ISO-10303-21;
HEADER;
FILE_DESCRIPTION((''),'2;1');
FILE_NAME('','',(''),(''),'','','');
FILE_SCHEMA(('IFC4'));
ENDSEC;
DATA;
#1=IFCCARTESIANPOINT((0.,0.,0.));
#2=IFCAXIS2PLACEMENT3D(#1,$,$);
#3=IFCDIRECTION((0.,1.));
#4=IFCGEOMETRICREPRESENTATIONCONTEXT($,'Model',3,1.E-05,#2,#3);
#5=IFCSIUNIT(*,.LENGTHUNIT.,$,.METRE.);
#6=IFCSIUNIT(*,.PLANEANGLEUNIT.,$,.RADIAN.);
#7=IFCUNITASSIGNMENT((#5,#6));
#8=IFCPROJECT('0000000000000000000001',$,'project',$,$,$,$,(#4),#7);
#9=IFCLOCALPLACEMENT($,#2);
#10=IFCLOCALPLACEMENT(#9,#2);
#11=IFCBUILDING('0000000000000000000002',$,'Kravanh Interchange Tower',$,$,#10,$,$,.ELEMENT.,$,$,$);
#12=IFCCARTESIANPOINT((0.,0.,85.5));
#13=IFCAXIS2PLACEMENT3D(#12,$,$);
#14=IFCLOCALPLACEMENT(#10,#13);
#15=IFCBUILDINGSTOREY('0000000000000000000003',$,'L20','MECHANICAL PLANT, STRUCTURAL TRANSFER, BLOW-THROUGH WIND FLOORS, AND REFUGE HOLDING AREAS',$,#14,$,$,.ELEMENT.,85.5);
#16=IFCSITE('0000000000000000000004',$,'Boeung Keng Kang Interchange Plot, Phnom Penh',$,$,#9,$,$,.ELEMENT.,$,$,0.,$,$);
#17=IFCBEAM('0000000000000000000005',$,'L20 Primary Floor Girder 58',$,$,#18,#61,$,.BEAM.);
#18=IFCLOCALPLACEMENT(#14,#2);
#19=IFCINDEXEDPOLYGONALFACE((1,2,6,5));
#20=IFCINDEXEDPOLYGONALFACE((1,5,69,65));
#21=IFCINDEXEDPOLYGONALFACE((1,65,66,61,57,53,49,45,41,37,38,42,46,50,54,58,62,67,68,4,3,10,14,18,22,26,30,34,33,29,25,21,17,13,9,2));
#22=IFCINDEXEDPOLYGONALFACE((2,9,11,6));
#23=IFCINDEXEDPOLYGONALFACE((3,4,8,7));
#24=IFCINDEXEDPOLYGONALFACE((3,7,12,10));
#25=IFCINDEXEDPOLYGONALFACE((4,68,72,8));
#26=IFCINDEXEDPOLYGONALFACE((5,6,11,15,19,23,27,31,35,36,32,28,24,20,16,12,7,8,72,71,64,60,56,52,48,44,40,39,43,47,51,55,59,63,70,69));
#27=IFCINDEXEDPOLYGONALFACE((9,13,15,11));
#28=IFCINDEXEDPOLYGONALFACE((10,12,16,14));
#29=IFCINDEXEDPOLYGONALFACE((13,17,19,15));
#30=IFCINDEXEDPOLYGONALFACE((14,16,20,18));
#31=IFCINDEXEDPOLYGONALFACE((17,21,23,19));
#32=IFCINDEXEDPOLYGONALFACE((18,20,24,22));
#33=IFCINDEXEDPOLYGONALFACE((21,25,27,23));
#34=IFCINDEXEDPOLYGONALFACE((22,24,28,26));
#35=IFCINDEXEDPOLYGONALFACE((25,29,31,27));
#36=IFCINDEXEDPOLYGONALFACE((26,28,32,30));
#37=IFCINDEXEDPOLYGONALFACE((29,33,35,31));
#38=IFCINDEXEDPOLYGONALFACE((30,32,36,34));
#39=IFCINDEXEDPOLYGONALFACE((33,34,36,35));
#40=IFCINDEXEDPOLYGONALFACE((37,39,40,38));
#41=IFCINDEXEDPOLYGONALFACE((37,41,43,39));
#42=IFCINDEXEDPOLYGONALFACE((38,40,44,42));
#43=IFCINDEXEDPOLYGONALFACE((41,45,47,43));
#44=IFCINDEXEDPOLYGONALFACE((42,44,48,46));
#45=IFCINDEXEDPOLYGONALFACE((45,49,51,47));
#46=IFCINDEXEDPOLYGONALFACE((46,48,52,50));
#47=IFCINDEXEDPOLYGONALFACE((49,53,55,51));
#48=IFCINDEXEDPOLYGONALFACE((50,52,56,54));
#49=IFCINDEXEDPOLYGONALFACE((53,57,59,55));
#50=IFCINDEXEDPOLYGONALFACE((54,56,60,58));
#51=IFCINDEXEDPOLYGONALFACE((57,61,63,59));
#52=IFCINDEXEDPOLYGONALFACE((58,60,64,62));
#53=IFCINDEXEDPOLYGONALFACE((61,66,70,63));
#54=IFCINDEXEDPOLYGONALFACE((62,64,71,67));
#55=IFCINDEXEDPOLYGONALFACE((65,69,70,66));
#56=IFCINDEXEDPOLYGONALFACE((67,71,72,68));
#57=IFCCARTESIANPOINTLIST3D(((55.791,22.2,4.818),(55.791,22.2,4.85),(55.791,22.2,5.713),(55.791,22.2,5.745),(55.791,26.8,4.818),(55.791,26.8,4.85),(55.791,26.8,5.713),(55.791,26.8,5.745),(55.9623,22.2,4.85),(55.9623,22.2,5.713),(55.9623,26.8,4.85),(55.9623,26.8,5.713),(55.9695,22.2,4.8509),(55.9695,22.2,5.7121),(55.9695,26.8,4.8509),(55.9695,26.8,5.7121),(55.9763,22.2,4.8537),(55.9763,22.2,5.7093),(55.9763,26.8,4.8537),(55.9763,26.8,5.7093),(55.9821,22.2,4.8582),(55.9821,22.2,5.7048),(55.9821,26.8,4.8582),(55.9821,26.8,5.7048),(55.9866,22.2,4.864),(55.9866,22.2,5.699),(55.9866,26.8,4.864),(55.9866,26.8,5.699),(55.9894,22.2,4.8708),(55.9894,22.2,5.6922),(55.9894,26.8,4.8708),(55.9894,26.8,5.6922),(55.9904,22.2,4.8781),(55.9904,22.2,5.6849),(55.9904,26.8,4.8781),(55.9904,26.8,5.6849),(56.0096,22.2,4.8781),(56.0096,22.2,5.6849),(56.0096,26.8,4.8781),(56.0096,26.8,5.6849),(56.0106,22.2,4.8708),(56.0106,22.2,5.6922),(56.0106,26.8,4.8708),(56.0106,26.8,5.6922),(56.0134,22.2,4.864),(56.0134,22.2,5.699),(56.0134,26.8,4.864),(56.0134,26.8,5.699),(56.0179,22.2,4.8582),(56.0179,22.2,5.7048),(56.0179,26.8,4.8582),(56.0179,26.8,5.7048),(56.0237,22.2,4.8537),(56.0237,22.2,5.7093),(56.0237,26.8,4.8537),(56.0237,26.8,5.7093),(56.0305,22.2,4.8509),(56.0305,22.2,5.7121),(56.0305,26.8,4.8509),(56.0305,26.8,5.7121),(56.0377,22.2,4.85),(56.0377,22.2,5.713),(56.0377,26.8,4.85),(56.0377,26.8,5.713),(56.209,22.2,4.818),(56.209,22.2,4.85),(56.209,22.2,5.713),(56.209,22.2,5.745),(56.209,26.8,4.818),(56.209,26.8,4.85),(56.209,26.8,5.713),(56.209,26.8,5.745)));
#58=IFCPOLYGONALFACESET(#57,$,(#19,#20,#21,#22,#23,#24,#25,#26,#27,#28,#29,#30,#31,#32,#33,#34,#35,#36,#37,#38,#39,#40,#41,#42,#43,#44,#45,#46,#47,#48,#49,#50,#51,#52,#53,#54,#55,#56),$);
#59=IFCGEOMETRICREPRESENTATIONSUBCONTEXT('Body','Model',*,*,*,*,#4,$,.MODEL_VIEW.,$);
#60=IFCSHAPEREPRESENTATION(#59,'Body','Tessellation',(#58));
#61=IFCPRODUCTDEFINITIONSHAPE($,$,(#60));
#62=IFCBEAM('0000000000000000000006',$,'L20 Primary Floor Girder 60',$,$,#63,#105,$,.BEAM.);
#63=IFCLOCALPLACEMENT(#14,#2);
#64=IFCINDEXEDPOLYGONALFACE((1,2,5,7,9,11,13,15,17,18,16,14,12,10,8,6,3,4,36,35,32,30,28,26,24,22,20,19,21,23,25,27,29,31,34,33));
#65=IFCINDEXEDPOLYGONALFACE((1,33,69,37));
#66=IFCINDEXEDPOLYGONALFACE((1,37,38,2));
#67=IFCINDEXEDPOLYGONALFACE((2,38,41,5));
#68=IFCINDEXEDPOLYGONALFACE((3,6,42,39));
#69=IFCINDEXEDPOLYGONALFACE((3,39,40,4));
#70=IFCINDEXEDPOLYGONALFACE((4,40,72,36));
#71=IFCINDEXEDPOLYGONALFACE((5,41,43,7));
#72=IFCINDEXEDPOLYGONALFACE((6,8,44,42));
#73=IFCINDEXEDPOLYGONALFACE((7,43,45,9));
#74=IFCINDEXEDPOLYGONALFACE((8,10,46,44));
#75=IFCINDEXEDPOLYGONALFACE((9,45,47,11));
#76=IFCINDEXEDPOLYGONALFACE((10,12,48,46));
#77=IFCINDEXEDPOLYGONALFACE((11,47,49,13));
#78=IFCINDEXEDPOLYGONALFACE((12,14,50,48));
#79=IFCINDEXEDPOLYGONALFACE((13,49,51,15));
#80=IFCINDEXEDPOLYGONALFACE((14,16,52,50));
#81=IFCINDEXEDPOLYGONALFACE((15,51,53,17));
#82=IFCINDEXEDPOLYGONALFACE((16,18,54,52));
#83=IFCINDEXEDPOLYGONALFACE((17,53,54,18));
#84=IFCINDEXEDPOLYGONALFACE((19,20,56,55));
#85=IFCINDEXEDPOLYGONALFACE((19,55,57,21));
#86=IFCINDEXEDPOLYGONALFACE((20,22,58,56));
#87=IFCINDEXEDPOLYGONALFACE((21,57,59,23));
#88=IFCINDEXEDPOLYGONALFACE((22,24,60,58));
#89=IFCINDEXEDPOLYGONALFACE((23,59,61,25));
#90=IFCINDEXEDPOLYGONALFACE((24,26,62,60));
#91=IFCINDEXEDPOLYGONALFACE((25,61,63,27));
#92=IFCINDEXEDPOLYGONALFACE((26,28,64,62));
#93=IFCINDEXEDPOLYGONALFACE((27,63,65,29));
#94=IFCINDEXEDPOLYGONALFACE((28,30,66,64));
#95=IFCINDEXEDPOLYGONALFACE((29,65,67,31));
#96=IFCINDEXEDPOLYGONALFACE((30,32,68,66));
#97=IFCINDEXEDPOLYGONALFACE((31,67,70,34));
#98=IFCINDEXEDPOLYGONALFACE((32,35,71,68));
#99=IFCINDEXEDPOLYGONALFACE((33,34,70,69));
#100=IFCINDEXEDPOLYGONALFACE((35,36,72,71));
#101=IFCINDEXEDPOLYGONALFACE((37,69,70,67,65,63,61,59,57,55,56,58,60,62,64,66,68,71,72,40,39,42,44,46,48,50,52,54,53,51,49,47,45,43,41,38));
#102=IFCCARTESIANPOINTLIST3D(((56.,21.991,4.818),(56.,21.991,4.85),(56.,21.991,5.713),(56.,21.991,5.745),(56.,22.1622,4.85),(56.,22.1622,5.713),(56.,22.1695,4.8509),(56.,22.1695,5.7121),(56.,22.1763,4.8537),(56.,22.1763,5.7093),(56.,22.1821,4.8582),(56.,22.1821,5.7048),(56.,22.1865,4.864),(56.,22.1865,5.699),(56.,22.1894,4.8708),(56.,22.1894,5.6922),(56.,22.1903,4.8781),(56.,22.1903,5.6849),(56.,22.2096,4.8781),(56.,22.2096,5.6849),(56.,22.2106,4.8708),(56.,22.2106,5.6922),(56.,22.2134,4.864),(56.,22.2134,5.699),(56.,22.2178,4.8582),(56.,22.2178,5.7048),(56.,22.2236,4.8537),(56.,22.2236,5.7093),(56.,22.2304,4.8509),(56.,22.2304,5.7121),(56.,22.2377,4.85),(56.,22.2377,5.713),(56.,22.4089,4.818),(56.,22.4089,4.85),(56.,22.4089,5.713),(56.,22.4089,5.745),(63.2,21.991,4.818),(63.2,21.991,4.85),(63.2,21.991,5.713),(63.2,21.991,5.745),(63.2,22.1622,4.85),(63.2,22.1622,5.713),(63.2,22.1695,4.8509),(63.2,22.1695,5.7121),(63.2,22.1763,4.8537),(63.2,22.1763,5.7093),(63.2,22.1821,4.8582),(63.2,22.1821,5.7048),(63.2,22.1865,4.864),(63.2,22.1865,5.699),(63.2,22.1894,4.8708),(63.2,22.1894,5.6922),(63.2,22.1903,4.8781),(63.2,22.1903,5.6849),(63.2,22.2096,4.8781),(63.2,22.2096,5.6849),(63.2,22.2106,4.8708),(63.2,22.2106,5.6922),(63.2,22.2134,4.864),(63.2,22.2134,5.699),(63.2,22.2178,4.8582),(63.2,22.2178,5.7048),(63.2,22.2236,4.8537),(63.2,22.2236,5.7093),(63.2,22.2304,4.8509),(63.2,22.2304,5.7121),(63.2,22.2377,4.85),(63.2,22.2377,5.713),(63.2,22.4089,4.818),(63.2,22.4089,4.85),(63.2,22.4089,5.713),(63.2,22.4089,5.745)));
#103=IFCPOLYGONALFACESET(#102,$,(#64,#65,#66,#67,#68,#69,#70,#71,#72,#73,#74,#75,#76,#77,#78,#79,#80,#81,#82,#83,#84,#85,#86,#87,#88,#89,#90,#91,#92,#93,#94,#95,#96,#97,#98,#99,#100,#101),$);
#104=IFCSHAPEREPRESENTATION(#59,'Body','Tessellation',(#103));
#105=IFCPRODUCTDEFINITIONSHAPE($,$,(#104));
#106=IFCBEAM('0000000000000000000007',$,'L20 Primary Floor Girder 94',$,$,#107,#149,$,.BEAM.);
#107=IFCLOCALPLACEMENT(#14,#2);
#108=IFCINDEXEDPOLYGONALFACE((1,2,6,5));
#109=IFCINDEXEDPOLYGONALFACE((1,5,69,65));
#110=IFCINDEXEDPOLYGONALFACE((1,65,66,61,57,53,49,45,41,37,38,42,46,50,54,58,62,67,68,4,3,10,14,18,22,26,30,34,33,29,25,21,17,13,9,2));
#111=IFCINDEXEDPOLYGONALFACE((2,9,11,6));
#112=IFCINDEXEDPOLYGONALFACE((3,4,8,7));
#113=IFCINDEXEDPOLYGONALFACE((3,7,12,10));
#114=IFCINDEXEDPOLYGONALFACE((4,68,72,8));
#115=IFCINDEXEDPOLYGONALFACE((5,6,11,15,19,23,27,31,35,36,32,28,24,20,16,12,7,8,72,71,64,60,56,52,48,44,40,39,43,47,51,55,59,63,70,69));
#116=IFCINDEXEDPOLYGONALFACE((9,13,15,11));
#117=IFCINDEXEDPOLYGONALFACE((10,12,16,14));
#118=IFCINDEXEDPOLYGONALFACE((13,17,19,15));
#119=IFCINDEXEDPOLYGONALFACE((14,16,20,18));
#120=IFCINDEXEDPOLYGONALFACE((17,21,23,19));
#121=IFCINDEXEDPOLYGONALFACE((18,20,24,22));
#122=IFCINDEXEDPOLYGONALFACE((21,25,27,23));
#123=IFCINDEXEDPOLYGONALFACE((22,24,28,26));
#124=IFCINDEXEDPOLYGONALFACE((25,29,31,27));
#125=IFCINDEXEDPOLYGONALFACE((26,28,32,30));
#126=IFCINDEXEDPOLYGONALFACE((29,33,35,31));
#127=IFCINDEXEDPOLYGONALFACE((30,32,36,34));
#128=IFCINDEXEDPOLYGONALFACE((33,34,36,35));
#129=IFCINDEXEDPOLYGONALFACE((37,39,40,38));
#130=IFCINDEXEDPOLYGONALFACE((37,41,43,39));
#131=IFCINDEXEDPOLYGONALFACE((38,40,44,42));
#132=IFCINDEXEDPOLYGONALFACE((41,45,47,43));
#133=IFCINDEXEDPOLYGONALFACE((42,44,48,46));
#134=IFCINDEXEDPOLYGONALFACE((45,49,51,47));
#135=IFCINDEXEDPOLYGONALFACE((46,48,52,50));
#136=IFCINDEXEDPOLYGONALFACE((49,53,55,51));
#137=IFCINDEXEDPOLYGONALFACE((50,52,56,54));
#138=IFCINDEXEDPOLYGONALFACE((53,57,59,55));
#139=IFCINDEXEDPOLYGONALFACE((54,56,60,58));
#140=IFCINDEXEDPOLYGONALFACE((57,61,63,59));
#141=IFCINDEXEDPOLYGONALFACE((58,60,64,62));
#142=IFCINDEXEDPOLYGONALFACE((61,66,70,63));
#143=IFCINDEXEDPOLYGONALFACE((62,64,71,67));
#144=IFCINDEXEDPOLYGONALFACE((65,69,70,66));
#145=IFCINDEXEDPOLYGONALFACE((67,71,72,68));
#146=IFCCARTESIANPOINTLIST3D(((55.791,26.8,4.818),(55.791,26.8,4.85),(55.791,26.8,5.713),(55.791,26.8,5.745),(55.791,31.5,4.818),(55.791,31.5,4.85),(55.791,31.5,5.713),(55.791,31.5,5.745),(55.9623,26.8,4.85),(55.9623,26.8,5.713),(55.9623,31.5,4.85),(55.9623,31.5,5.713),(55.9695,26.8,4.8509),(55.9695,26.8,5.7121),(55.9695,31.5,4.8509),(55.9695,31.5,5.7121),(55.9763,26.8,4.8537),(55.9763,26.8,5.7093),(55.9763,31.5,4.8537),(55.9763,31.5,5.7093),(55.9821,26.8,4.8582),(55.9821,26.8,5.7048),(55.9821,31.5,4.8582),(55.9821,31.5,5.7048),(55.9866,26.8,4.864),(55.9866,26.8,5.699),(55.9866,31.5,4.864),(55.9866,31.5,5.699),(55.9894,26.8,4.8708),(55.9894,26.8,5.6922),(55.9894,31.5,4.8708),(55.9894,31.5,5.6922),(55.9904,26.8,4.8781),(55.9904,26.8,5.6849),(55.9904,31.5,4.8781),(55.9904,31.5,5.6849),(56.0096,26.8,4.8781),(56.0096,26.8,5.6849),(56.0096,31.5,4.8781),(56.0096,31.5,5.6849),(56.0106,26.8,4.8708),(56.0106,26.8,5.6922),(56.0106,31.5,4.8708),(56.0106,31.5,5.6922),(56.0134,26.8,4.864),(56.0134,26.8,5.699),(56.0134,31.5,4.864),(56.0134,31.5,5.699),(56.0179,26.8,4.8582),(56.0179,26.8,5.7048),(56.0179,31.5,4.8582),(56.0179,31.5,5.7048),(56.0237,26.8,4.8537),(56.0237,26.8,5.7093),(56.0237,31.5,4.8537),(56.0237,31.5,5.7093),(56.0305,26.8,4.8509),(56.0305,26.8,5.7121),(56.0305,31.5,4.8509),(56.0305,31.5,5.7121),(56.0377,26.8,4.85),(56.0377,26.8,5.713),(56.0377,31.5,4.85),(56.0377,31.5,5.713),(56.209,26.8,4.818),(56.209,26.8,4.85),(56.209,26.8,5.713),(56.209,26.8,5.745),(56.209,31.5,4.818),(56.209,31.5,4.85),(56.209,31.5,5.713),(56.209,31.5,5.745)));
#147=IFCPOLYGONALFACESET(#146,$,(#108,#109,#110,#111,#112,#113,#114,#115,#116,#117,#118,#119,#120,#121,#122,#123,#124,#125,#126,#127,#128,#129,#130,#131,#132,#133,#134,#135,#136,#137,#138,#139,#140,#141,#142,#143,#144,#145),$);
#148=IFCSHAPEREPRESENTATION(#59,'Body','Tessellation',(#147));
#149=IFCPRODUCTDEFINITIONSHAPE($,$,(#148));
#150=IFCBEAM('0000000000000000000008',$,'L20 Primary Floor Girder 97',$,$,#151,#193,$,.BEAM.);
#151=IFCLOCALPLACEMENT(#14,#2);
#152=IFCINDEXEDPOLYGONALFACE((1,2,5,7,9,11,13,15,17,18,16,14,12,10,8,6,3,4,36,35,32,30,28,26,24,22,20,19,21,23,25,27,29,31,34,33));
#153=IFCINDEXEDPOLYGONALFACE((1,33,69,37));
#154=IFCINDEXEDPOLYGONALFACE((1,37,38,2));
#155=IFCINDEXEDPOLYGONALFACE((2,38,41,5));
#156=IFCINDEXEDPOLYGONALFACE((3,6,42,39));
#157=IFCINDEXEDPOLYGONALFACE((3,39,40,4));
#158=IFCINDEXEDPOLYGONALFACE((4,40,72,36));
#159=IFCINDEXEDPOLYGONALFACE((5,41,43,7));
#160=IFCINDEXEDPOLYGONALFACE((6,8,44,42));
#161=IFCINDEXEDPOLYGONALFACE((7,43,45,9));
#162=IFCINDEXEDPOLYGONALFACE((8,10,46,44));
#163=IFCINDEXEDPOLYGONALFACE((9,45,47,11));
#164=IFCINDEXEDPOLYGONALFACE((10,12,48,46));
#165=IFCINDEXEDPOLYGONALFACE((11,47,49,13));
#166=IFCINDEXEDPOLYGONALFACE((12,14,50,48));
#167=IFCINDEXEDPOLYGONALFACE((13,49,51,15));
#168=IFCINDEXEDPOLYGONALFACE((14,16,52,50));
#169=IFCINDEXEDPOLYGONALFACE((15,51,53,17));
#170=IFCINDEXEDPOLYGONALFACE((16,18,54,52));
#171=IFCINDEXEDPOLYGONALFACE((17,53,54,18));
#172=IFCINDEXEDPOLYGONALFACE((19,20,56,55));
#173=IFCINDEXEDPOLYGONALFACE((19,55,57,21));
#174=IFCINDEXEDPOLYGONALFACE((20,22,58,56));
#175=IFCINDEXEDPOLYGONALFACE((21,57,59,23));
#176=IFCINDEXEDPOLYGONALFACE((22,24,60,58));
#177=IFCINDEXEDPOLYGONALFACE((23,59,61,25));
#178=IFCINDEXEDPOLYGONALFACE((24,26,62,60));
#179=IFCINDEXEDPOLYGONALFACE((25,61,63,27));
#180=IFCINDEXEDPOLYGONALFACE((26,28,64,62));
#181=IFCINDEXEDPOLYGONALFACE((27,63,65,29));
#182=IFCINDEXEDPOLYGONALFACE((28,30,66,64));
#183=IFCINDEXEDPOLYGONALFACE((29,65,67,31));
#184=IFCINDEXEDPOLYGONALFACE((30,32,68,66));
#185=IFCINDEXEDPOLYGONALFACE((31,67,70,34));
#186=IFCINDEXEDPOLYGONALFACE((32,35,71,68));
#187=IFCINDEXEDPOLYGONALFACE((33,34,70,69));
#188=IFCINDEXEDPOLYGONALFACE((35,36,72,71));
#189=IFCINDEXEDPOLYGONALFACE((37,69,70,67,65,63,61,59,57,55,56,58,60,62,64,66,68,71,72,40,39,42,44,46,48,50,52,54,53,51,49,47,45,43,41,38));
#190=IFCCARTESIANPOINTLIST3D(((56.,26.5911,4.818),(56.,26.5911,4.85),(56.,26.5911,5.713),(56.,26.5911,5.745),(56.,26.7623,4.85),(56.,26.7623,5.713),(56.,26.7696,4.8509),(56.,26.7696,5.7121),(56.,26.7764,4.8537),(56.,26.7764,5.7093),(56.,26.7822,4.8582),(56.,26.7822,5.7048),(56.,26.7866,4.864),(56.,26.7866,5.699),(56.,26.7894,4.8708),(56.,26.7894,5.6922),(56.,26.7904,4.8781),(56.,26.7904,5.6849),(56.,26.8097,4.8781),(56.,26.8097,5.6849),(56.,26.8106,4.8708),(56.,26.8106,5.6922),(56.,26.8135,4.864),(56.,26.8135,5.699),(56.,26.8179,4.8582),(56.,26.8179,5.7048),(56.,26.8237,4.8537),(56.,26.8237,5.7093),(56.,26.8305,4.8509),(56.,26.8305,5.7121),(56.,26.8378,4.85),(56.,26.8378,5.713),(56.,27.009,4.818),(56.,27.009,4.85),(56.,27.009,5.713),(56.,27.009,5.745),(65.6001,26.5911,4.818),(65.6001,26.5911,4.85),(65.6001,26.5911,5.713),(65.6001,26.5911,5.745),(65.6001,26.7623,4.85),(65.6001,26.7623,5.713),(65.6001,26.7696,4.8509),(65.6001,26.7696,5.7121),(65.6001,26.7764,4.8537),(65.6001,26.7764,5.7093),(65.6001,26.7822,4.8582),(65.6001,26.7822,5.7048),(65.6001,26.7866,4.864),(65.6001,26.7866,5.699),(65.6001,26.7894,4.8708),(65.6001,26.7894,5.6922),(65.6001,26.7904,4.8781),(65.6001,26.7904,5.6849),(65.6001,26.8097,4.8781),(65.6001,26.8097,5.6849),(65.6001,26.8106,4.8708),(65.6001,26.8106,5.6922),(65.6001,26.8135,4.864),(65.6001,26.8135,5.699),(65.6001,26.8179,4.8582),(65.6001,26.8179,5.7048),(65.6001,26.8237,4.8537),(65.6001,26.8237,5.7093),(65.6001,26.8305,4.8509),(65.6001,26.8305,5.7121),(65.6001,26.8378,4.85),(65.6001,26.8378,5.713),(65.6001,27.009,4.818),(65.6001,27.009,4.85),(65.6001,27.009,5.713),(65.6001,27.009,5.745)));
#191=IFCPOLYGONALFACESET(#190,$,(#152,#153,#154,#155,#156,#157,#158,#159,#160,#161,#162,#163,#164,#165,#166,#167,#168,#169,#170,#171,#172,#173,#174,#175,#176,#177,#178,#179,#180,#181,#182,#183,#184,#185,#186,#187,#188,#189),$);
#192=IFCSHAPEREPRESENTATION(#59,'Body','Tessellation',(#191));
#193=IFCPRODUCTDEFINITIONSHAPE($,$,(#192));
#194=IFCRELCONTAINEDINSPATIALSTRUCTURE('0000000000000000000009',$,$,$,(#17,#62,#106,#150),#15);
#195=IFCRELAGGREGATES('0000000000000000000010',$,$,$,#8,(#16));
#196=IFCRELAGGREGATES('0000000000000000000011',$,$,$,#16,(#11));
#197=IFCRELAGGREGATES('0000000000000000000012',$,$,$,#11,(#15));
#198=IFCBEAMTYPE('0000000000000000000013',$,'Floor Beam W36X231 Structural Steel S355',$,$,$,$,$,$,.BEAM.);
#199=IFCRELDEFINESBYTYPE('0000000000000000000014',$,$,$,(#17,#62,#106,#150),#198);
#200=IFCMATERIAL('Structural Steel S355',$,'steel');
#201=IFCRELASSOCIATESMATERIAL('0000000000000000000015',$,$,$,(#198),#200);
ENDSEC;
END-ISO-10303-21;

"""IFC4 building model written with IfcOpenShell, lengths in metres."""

from ifc_helpers import new_model, si_unit, direction, frame, origin, origin_2d, place, context, subcontext, project, spatial, i_section, extrude, material, material_profile, profile_set, type_object, element, save


model = new_model("IFC4")

# Units and contexts
model_context = context("Model", 3, precision=1e-05, world=origin(), true_north=direction((0.0, 1.0)))
body_context = subcontext(model_context, "Body", "Model", "MODEL_VIEW")
ifc_project = project(units=[si_unit("LENGTHUNIT", "METRE"), si_unit("PLANEANGLEUNIT", "RADIAN")], contexts=[model_context])

# Site, building, storey
site_placement = place(None, origin())
site = spatial("IfcSite", under=ifc_project, at=site_placement, Name="Boeung Keng Kang Interchange Plot, Phnom Penh", CompositionType="ELEMENT", RefElevation=0.0)
building_placement = place(site_placement, origin())
building = spatial("IfcBuilding", under=site, at=building_placement, Name="Kravanh Interchange Tower", CompositionType="ELEMENT")
storey_placement = place(building_placement, frame((0.0, 0.0, 85.5)))
storey = spatial("IfcBuildingStorey", under=building, at=storey_placement, Name="L20", Description="MECHANICAL PLANT, STRUCTURAL TRANSFER, BLOW-THROUGH WIND FLOORS, AND REFUGE HOLDING AREAS", CompositionType="ELEMENT", Elevation=85.5)

# Beams
ifc_material_1 = material(Name="Structural Steel S355", Category="steel")
ifc_material_profile_1 = material_profile(ifc_material_1, i_section(OverallWidth=0.418, OverallDepth=0.927, WebThickness=0.0193, FlangeThickness=0.032, FilletRadius=0.0281, at=origin_2d()), Name="W36X231")
ifc_profile_set_1 = profile_set([ifc_material_profile_1], Name="Structural Steel S355")
beam_type_1 = type_object("IfcBeamType", Name="Floor Beam W36X231 Structural Steel S355", PredefinedType="BEAM", material=ifc_profile_set_1)
beam_1_placement = place(storey_placement, frame((56.0, 22.2, 5.2815), z_axis=(0.0, 1.0, 0.0), x_axis=(-1.0, 0.0, 0.0)))
element("IfcBeam", 1, at=beam_1_placement, inside=storey, type_object=beam_type_1, Name="L20 Primary Floor Girder 58", PredefinedType="BEAM", context=body_context, shape_type="SweptSolid", body=[
    extrude(i_section(OverallWidth=0.418, OverallDepth=0.927, WebThickness=0.0193, FlangeThickness=0.032, FilletRadius=0.0281, at=origin_2d()), origin(), (0.0, 0.0, 1.0), 4.6001),
])
beam_2_placement = place(storey_placement, frame((56.0, 22.2, 5.2815), z_axis=(1.0, 0.0, 0.0), x_axis=(0.0, 1.0, 0.0)))
element("IfcBeam", 2, at=beam_2_placement, inside=storey, type_object=beam_type_1, Name="L20 Primary Floor Girder 60", PredefinedType="BEAM", context=body_context, shape_type="SweptSolid", body=[
    extrude(i_section(OverallWidth=0.418, OverallDepth=0.927, WebThickness=0.0193, FlangeThickness=0.032, FilletRadius=0.0281, at=origin_2d()), origin(), (0.0, 0.0, 1.0), 7.2),
])
beam_3_placement = place(storey_placement, frame((56.0, 26.8, 5.2815), z_axis=(0.0, 1.0, 0.0), x_axis=(-1.0, 0.0, 0.0)))
element("IfcBeam", 3, at=beam_3_placement, inside=storey, type_object=beam_type_1, Name="L20 Primary Floor Girder 94", PredefinedType="BEAM", context=body_context, shape_type="SweptSolid", body=[
    extrude(i_section(OverallWidth=0.418, OverallDepth=0.927, WebThickness=0.0193, FlangeThickness=0.032, FilletRadius=0.0281, at=origin_2d()), origin(), (0.0, 0.0, 1.0), 4.7),
])
beam_4_placement = place(storey_placement, frame((56.0, 26.8, 5.2815), z_axis=(1.0, 0.0, 0.0), x_axis=(0.0, 1.0, 0.0)))
element("IfcBeam", 4, at=beam_4_placement, inside=storey, type_object=beam_type_1, Name="L20 Primary Floor Girder 97", PredefinedType="BEAM", context=body_context, shape_type="SweptSolid", body=[
    extrude(i_section(OverallWidth=0.418, OverallDepth=0.927, WebThickness=0.0193, FlangeThickness=0.032, FilletRadius=0.0281, at=origin_2d()), origin(), (0.0, 0.0, 1.0), 9.6001),
])

save(model, "model.ifc")
